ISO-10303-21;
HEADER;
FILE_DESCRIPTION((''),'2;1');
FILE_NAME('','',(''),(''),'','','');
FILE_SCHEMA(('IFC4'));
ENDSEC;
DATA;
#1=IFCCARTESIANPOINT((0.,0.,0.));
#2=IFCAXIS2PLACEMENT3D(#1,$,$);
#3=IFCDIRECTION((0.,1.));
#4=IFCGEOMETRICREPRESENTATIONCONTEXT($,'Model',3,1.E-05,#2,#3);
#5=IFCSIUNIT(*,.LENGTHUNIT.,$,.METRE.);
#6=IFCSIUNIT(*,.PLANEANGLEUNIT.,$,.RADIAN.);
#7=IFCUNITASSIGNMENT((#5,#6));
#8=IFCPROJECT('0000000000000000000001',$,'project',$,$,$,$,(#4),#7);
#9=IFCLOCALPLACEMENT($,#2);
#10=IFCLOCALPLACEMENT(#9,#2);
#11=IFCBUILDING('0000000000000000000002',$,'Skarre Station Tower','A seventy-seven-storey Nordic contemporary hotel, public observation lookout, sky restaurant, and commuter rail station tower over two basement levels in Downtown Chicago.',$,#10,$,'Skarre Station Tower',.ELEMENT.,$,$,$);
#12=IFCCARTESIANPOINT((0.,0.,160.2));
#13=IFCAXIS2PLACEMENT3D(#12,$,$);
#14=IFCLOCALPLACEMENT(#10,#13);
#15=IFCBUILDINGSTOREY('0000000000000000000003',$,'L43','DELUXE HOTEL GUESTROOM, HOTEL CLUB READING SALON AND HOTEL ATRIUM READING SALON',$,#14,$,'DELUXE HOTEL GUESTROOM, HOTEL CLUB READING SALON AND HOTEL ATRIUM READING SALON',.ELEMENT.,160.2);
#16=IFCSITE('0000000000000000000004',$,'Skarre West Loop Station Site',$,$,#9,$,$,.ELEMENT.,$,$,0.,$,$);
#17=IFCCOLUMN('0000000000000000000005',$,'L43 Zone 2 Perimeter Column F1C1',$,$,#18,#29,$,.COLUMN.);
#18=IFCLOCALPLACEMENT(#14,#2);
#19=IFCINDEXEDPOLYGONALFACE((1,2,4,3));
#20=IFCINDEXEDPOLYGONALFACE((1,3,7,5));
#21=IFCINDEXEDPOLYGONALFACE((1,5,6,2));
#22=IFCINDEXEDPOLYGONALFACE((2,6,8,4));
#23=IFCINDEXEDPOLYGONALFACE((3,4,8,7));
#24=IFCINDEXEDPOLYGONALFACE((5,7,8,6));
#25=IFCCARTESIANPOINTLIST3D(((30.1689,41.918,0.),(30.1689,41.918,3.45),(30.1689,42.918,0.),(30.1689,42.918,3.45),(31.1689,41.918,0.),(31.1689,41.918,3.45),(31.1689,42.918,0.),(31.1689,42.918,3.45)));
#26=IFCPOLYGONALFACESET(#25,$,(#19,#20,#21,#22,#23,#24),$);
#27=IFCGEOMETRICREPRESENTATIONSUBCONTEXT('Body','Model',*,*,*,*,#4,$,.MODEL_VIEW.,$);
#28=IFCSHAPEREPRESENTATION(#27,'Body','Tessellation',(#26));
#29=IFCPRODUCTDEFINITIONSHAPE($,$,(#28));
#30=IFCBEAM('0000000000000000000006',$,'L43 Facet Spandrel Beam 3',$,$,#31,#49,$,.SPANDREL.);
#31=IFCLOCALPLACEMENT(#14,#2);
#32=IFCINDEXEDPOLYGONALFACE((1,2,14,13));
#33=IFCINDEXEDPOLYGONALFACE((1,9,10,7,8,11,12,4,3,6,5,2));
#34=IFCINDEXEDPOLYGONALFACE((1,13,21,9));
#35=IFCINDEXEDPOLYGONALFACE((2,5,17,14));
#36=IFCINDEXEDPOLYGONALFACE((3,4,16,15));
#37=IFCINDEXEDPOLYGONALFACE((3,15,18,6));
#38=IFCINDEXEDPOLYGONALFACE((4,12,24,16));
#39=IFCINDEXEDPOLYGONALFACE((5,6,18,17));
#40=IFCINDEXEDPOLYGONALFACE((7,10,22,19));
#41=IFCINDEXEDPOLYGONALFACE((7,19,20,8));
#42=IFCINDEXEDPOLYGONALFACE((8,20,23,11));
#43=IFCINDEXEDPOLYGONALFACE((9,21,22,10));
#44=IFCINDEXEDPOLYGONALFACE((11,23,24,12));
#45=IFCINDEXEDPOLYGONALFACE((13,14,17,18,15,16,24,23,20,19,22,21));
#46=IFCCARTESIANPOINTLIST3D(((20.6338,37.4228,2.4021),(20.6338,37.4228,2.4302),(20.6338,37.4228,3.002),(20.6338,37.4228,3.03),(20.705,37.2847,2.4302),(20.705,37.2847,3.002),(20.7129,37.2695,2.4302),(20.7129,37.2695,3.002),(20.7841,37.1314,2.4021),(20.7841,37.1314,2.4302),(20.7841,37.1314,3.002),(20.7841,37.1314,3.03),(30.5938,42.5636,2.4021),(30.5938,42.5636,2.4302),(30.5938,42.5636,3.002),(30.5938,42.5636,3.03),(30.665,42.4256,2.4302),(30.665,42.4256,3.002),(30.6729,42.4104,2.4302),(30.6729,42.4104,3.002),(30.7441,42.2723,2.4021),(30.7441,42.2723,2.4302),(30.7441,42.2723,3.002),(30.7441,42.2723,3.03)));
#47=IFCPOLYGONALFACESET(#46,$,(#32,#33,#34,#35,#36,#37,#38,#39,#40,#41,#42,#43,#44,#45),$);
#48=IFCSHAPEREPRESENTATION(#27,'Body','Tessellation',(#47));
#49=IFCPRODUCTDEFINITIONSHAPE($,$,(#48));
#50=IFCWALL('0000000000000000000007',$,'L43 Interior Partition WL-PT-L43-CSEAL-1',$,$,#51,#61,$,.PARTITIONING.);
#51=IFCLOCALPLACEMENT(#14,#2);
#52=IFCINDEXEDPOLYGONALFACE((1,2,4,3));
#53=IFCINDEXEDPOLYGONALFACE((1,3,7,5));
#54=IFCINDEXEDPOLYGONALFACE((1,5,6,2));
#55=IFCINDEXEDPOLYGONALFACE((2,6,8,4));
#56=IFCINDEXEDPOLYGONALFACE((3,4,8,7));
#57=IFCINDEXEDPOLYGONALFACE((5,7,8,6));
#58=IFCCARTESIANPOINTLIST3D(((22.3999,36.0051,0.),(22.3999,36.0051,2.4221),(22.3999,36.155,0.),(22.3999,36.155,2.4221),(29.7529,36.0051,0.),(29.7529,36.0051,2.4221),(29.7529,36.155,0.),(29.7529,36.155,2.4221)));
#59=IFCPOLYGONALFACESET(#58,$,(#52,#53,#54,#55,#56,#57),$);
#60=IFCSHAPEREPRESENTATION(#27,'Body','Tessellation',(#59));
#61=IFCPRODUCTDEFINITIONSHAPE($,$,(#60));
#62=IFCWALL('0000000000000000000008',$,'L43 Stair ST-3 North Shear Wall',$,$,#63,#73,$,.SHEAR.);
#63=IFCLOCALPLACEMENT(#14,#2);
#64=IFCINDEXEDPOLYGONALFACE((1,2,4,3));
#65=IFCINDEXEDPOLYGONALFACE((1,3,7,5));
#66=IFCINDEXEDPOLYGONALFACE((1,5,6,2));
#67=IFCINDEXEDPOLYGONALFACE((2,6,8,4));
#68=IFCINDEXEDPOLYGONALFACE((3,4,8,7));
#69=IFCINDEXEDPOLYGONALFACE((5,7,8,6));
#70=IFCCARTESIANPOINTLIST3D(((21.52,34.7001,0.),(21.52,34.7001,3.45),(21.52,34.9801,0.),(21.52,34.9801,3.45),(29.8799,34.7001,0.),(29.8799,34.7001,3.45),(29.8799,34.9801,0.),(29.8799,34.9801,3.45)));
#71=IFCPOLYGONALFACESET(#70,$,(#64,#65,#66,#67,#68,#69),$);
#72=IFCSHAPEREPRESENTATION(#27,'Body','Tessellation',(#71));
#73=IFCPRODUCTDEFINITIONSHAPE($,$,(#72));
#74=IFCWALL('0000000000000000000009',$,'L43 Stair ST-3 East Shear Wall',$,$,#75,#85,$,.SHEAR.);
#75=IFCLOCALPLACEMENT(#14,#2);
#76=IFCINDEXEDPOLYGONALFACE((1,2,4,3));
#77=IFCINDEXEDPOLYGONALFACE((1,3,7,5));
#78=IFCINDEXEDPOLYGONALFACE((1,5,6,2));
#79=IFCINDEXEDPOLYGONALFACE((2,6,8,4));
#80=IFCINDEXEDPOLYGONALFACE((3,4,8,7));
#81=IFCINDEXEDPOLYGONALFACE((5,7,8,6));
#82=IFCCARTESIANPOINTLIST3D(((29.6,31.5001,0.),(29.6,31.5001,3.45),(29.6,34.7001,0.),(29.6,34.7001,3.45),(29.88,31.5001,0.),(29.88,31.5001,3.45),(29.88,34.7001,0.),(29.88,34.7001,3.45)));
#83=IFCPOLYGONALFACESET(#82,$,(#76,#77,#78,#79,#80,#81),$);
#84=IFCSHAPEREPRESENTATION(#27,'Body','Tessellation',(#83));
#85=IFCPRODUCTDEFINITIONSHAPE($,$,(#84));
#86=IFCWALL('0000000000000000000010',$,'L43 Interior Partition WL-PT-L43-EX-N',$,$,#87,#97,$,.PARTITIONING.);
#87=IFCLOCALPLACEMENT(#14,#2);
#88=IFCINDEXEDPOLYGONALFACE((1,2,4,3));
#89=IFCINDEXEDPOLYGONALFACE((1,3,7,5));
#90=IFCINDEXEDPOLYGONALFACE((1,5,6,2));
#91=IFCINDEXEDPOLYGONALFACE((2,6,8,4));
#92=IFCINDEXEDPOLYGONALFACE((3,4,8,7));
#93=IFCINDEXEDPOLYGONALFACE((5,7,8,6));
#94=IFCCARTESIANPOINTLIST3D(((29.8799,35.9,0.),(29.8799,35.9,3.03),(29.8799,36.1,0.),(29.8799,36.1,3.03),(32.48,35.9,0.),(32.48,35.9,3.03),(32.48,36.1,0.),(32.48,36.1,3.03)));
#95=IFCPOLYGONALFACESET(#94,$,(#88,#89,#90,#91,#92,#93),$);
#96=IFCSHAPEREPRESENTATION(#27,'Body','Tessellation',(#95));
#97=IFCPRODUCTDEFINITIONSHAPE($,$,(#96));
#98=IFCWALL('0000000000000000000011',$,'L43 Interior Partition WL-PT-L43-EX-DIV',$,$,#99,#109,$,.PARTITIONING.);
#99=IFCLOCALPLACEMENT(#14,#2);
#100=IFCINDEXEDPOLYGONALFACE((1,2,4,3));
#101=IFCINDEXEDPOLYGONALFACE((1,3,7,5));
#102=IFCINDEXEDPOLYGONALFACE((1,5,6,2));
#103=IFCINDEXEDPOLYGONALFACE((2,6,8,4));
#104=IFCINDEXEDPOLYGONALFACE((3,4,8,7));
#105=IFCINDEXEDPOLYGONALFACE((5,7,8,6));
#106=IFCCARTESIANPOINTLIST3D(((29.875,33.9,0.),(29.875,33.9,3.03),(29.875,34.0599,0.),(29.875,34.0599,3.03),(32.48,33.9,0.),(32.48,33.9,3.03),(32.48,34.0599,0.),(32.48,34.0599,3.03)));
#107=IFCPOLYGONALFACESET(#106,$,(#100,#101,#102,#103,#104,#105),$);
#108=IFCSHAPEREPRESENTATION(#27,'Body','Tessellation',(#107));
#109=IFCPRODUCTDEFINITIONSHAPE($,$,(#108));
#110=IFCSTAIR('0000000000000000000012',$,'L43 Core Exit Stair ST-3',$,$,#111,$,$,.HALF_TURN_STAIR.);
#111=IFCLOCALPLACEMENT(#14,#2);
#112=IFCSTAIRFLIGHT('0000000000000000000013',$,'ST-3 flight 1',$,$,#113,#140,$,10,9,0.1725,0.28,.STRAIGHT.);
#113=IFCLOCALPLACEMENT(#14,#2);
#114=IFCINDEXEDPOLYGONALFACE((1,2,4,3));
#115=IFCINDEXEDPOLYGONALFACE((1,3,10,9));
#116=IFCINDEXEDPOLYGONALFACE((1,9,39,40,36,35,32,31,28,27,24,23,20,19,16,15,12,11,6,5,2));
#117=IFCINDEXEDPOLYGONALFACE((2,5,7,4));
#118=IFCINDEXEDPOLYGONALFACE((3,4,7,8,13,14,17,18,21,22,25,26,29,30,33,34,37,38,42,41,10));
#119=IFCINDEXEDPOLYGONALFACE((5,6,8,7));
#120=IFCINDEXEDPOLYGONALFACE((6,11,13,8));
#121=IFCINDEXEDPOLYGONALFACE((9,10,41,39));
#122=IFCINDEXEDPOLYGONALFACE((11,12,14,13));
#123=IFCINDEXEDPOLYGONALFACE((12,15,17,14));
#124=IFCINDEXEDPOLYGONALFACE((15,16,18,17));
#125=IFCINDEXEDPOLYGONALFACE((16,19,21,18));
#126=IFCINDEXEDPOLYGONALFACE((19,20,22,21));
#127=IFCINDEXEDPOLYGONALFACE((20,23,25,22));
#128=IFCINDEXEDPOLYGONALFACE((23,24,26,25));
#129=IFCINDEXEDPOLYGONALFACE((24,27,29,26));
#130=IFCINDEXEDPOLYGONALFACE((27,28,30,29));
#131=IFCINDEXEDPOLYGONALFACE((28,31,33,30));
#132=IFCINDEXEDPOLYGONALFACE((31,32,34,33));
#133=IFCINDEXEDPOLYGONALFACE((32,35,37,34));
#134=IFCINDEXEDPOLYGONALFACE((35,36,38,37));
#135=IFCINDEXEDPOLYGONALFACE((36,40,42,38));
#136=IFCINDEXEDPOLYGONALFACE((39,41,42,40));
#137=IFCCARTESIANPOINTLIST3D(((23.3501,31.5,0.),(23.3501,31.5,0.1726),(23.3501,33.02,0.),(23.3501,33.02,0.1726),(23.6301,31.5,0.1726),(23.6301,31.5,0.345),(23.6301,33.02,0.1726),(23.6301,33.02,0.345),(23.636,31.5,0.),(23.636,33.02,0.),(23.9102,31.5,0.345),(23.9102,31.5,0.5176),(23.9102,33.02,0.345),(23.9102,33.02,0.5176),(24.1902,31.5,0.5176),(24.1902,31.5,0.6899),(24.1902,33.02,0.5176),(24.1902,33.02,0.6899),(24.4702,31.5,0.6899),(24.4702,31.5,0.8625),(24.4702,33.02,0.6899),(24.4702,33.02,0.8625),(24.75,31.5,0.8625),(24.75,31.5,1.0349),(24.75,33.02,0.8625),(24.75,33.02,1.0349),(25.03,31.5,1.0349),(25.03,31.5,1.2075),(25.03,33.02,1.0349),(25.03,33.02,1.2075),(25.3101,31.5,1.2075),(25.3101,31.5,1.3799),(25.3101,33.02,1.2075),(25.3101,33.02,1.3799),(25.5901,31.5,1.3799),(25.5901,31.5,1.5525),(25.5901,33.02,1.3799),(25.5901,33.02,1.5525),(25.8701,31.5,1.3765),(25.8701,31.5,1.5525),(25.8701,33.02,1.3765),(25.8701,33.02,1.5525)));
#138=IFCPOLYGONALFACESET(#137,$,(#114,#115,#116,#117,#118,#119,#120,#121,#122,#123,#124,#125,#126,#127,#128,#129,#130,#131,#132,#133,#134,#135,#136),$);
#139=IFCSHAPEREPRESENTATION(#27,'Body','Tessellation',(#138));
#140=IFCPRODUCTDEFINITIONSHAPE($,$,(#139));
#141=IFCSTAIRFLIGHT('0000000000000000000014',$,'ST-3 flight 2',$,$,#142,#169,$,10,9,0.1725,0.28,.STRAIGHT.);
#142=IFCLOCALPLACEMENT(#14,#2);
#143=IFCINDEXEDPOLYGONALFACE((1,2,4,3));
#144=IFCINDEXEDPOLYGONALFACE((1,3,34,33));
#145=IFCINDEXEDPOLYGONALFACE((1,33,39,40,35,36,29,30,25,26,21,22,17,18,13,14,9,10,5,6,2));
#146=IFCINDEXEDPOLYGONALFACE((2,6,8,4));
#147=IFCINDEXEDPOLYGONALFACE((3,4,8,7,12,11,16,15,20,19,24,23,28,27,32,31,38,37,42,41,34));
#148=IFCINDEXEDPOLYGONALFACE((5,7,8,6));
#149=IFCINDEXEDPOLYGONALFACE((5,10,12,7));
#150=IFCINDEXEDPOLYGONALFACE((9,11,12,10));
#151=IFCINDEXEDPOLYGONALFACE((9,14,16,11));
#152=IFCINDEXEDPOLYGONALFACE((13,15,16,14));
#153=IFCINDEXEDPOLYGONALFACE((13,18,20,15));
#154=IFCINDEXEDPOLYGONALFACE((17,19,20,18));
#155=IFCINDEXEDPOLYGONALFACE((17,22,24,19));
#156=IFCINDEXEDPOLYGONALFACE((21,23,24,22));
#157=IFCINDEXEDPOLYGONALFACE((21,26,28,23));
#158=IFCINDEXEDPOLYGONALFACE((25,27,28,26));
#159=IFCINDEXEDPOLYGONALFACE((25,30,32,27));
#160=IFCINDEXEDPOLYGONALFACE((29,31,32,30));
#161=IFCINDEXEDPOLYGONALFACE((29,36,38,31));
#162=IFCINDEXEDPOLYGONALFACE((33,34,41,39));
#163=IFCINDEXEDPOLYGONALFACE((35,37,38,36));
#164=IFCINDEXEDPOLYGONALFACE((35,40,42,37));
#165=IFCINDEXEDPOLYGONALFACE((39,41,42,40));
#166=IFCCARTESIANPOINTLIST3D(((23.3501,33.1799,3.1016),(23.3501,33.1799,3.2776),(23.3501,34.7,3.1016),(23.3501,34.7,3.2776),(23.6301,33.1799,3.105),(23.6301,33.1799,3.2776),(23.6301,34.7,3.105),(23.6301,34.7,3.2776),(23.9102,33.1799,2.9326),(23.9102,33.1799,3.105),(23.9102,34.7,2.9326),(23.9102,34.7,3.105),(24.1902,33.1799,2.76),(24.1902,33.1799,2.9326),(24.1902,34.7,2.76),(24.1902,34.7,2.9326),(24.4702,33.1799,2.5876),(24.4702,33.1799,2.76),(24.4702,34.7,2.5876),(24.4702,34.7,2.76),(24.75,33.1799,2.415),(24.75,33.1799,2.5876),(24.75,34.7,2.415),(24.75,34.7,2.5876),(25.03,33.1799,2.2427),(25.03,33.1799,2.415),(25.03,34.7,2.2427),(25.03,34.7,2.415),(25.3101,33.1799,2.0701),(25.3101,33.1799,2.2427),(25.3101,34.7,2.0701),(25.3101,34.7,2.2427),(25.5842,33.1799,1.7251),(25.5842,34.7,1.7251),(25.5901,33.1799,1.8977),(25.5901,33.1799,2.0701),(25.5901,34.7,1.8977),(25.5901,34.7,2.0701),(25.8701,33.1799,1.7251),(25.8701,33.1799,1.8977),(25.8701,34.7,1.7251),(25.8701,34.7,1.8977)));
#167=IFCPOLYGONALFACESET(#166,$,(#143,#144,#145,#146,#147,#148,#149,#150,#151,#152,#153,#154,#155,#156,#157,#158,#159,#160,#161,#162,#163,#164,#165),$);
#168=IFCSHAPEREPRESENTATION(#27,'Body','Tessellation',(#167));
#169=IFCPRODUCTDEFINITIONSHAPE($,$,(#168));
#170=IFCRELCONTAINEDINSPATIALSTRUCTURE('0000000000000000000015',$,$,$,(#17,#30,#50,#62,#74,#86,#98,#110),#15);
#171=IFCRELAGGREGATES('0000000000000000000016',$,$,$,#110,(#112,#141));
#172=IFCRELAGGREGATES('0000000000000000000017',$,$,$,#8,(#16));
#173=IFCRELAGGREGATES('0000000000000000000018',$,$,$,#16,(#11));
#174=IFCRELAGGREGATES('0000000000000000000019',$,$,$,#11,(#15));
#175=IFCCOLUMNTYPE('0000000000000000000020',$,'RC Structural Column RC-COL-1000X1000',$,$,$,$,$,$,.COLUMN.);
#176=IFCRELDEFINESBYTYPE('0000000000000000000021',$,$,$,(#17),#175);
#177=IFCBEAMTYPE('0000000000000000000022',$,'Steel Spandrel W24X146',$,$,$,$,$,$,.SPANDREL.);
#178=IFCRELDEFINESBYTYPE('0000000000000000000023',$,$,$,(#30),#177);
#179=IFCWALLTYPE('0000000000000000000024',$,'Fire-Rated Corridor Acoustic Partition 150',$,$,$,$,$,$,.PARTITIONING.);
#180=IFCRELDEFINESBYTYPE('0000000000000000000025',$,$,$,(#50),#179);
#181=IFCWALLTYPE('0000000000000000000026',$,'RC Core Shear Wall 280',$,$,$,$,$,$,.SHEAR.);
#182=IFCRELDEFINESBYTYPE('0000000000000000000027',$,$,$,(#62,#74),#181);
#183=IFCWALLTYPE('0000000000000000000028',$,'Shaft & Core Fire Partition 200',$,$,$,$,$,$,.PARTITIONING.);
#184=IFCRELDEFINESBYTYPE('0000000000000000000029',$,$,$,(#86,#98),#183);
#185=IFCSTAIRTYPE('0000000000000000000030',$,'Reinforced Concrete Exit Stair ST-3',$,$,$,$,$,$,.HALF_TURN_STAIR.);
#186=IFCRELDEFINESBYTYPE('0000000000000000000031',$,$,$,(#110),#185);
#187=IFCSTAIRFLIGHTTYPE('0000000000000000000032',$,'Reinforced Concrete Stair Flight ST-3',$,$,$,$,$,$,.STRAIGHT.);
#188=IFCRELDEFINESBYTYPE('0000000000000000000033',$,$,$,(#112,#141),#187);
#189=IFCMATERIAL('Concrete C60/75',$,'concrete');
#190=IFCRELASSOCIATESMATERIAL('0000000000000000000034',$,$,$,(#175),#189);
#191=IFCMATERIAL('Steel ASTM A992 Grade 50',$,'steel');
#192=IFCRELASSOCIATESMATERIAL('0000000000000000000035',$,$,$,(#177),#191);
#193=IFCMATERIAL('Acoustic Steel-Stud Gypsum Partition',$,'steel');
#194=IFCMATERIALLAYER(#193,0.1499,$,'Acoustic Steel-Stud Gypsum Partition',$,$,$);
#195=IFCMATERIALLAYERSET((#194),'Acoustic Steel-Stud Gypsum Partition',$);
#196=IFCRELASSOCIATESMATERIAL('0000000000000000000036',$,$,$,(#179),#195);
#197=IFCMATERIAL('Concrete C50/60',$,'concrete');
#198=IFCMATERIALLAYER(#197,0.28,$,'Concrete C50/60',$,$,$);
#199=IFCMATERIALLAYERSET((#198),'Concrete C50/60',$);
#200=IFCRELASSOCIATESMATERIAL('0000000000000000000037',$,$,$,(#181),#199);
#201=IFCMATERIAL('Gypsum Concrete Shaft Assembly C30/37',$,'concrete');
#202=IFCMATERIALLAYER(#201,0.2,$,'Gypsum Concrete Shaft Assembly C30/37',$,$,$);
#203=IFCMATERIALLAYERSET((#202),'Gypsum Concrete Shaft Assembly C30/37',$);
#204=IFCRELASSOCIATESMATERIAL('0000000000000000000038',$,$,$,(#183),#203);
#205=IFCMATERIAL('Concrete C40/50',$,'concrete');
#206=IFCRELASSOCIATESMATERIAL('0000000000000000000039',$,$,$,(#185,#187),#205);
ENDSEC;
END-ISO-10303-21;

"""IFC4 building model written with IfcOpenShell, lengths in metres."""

from ifc_helpers import new_model, si_unit, direction, frame, frame_2d, origin, origin_2d, place, context, subcontext, project, spatial, polyline, rectangle, i_section, outline, extrude, material, layer, layer_set, material_profile, profile_set, type_object, element, aggregate, save


model = new_model("IFC4")

# Units and contexts
model_context = context("Model", 3, precision=1e-05, world=origin(), true_north=direction((0.0, 1.0)))
body_context = subcontext(model_context, "Body", "Model", "MODEL_VIEW")
ifc_project = project(units=[si_unit("LENGTHUNIT", "METRE"), si_unit("PLANEANGLEUNIT", "RADIAN")], contexts=[model_context])

# Site, building, storey
site_placement = place(None, origin())
site = spatial("IfcSite", under=ifc_project, at=site_placement, Name="Skarre West Loop Station Site", CompositionType="ELEMENT", RefElevation=0.0)
building_placement = place(site_placement, origin())
building = spatial("IfcBuilding", under=site, at=building_placement, Name="Skarre Station Tower", Description="A seventy-seven-storey Nordic contemporary hotel, public observation lookout, sky restaurant, and commuter rail station tower over two basement levels in Downtown Chicago.", LongName="Skarre Station Tower", CompositionType="ELEMENT")
storey_placement = place(building_placement, frame((0.0, 0.0, 160.2)))
storey = spatial("IfcBuildingStorey", under=building, at=storey_placement, Name="L43", Description="DELUXE HOTEL GUESTROOM, HOTEL CLUB READING SALON AND HOTEL ATRIUM READING SALON", LongName="DELUXE HOTEL GUESTROOM, HOTEL CLUB READING SALON AND HOTEL ATRIUM READING SALON", CompositionType="ELEMENT", Elevation=160.2)

# Column
ifc_material_1 = material(Name="Concrete C60/75", Category="concrete")
ifc_material_profile_1 = material_profile(ifc_material_1, rectangle(XDim=1.0, YDim=1.0, at=origin_2d()), Name="Concrete C60/75")
ifc_profile_set_1 = profile_set([ifc_material_profile_1], Name="Concrete C60/75")
column_type = type_object("IfcColumnType", Name="RC Structural Column RC-COL-1000X1000", PredefinedType="COLUMN", material=ifc_profile_set_1)
column_placement = place(storey_placement, frame((30.6689, 42.418, 0.0), z_axis=(0.0, 0.0, 1.0), x_axis=(1.0, 0.0, 0.0)))
element("IfcColumn", 1, at=column_placement, inside=storey, type_object=column_type, Name="L43 Zone 2 Perimeter Column F1C1", PredefinedType="COLUMN", context=body_context, shape_type="SweptSolid", body=[
    extrude(rectangle(XDim=1.0, YDim=1.0, at=origin_2d()), origin(), (0.0, 0.0, 1.0), 3.45),
])

# Beam
ifc_material_2 = material(Name="Steel ASTM A992 Grade 50", Category="steel")
ifc_material_profile_2 = material_profile(ifc_material_2, i_section(OverallWidth=0.3279, OverallDepth=0.6279, WebThickness=0.0171, FlangeThickness=0.0281, at=origin_2d()), Name="Steel ASTM A992 Grade 50")
ifc_profile_set_2 = profile_set([ifc_material_profile_2], Name="Steel ASTM A992 Grade 50")
beam_type = type_object("IfcBeamType", Name="Steel Spandrel W24X146", PredefinedType="SPANDREL", material=ifc_profile_set_2)
beam_placement = place(storey_placement, frame((30.6689, 42.418, 2.7161), z_axis=(-0.888612, -0.45866, 0.0), x_axis=(0.45866, -0.888612, 0.0)))
element("IfcBeam", 2, at=beam_placement, inside=storey, type_object=beam_type, Name="L43 Facet Spandrel Beam 3", PredefinedType="SPANDREL", context=body_context, shape_type="SweptSolid", body=[
    extrude(i_section(OverallWidth=0.3279, OverallDepth=0.6279, WebThickness=0.0171, FlangeThickness=0.0281, at=origin_2d()), origin(), (0.0, 0.0, 1.0), 11.2085),
])

# Walls
ifc_material_3 = material(Name="Acoustic Steel-Stud Gypsum Partition", Category="steel")
ifc_layer_1 = layer(ifc_material_3, 0.1499, Name="Acoustic Steel-Stud Gypsum Partition")
ifc_layer_set_1 = layer_set([ifc_layer_1], Name="Acoustic Steel-Stud Gypsum Partition")
wall_type_1 = type_object("IfcWallType", Name="Fire-Rated Corridor Acoustic Partition 150", PredefinedType="PARTITIONING", material=ifc_layer_set_1)
wall_1_placement = place(storey_placement, frame((29.7529, 36.0801, 0.0), z_axis=(0.0, 0.0, 1.0), x_axis=(-1.0, 0.0, 0.0)))
element("IfcWall", 3, at=wall_1_placement, inside=storey, type_object=wall_type_1, Name="L43 Interior Partition WL-PT-L43-CSEAL-1", PredefinedType="PARTITIONING", context=body_context, shape_type="SweptSolid", body=[
    extrude(rectangle(XDim=7.353, YDim=0.1499, at=frame_2d((3.6765, 0.0))), origin(), (0.0, 0.0, 1.0), 2.4221),
])
ifc_material_4 = material(Name="Concrete C50/60", Category="concrete")
ifc_layer_2 = layer(ifc_material_4, 0.28, Name="Concrete C50/60")
ifc_layer_set_2 = layer_set([ifc_layer_2], Name="Concrete C50/60")
wall_type_2 = type_object("IfcWallType", Name="RC Core Shear Wall 280", PredefinedType="SHEAR", material=ifc_layer_set_2)
wall_2_placement = place(storey_placement, frame((29.8799, 34.8401, 0.0), z_axis=(0.0, 0.0, 1.0), x_axis=(-1.0, 0.0, 0.0)))
element("IfcWall", 4, at=wall_2_placement, inside=storey, type_object=wall_type_2, Name="L43 Stair ST-3 North Shear Wall", PredefinedType="SHEAR", context=body_context, shape_type="SweptSolid", body=[
    extrude(rectangle(XDim=8.3599, YDim=0.28, at=frame_2d((4.1799, 0.0))), origin(), (0.0, 0.0, 1.0), 3.45),
])
wall_3_placement = place(storey_placement, frame((29.74, 31.5, 0.0), z_axis=(0.0, 0.0, 1.0), x_axis=(0.0, 1.0, 0.0)))
element("IfcWall", 5, at=wall_3_placement, inside=storey, type_object=wall_type_2, Name="L43 Stair ST-3 East Shear Wall", PredefinedType="SHEAR", context=body_context, shape_type="SweptSolid", body=[
    extrude(rectangle(XDim=3.2, YDim=0.28, at=frame_2d((1.6001, 0.0))), origin(), (0.0, 0.0, 1.0), 3.45),
])
ifc_material_5 = material(Name="Gypsum Concrete Shaft Assembly C30/37", Category="concrete")
ifc_layer_3 = layer(ifc_material_5, 0.2, Name="Gypsum Concrete Shaft Assembly C30/37")
ifc_layer_set_3 = layer_set([ifc_layer_3], Name="Gypsum Concrete Shaft Assembly C30/37")
wall_type_3 = type_object("IfcWallType", Name="Shaft & Core Fire Partition 200", PredefinedType="PARTITIONING", material=ifc_layer_set_3)
wall_4_placement = place(storey_placement, frame((29.8799, 36.0, 0.0), z_axis=(0.0, 0.0, 1.0), x_axis=(1.0, 0.0, 0.0)))
element("IfcWall", 6, at=wall_4_placement, inside=storey, type_object=wall_type_3, Name="L43 Interior Partition WL-PT-L43-EX-N", PredefinedType="PARTITIONING", context=body_context, shape_type="SweptSolid", body=[
    extrude(rectangle(XDim=2.6001, YDim=0.2, at=frame_2d((1.3, 0.0))), origin(), (0.0, 0.0, 1.0), 3.03),
])
wall_5_placement = place(storey_placement, frame((29.875, 33.98, 0.0), z_axis=(0.0, 0.0, 1.0), x_axis=(1.0, 0.0, 0.0)))
element("IfcWall", 7, at=wall_5_placement, inside=storey, type_object=wall_type_3, Name="L43 Interior Partition WL-PT-L43-EX-DIV", PredefinedType="PARTITIONING", context=body_context, shape_type="SweptSolid", body=[
    extrude(rectangle(XDim=2.605, YDim=0.1599, at=frame_2d((1.3025, 0.0))), origin(), (0.0, 0.0, 1.0), 3.03),
])

# Stair, stair flights
ifc_material_6 = material(Name="Concrete C40/50", Category="concrete")
stair_type = type_object("IfcStairType", Name="Reinforced Concrete Exit Stair ST-3", PredefinedType="HALF_TURN_STAIR", material=ifc_material_6)
stair_placement = place(storey_placement, origin())
stair = element("IfcStair", 8, at=stair_placement, inside=storey, type_object=stair_type, Name="L43 Core Exit Stair ST-3", PredefinedType="HALF_TURN_STAIR")
stair_flight_type = type_object("IfcStairFlightType", Name="Reinforced Concrete Stair Flight ST-3", PredefinedType="STRAIGHT", material=ifc_material_6)
stair_flight_1_placement = place(storey_placement, frame((23.3501, 32.26, 0.0), z_axis=(0.0, 0.0, 1.0), x_axis=(1.0, 0.0, 0.0)))
stair_flight_1 = element("IfcStairFlight", 9, at=stair_flight_1_placement, type_object=stair_flight_type, Name="ST-3 flight 1", NumberOfRisers=10, NumberOfTreads=9, PredefinedType="STRAIGHT", RiserHeight=0.1725, TreadLength=0.28, context=body_context, shape_type="SweptSolid", body=[
    extrude(outline(polyline([(0.0, 0.0), (0.0, 0.1726), (0.28, 0.1726), (0.28, 0.345), (0.5601, 0.345), (0.5601, 0.5176), (0.8401, 0.5176), (0.8401, 0.6899), (1.1201, 0.6899), (1.1201, 0.8625), (1.3999, 0.8625), (1.3999, 1.0349), (1.6799, 1.0349), (1.6799, 1.2075), (1.96, 1.2075), (1.96, 1.3799), (2.24, 1.3799), (2.24, 1.5525), (2.52, 1.5525), (2.52, 1.7251), (2.52, 1.3765), (0.2859, 0.0), (0.0, 0.0)])), frame((0.0, 0.76, 0.0), z_axis=(0.0, -1.0, 0.0), x_axis=(1.0, 0.0, 0.0)), (0.0, 0.0, 1.0), 1.52),
])
stair_flight_2_placement = place(storey_placement, frame((25.8701, 33.9399, 1.7251), z_axis=(0.0, 0.0, 1.0), x_axis=(-1.0, 0.0, 0.0)))
stair_flight_2 = element("IfcStairFlight", 10, at=stair_flight_2_placement, type_object=stair_flight_type, Name="ST-3 flight 2", NumberOfRisers=10, NumberOfTreads=9, PredefinedType="STRAIGHT", RiserHeight=0.1725, TreadLength=0.28, context=body_context, shape_type="SweptSolid", body=[
    extrude(outline(polyline([(0.0, 0.0), (0.0, 0.1726), (0.28, 0.1726), (0.28, 0.345), (0.5601, 0.345), (0.5601, 0.5176), (0.8401, 0.5176), (0.8401, 0.6899), (1.1201, 0.6899), (1.1201, 0.8625), (1.3999, 0.8625), (1.3999, 1.0349), (1.6799, 1.0349), (1.6799, 1.2075), (1.96, 1.2075), (1.96, 1.3799), (2.24, 1.3799), (2.24, 1.5525), (2.52, 1.5525), (2.52, 1.7251), (2.52, 1.3765), (0.2859, 0.0), (0.0, 0.0)])), frame((0.0, 0.76, 0.0), z_axis=(0.0, -1.0, 0.0), x_axis=(1.0, 0.0, 0.0)), (0.0, 0.0, 1.0), 1.52),
])
aggregate(stair, [stair_flight_1, stair_flight_2])

save(model, "model.ifc")
